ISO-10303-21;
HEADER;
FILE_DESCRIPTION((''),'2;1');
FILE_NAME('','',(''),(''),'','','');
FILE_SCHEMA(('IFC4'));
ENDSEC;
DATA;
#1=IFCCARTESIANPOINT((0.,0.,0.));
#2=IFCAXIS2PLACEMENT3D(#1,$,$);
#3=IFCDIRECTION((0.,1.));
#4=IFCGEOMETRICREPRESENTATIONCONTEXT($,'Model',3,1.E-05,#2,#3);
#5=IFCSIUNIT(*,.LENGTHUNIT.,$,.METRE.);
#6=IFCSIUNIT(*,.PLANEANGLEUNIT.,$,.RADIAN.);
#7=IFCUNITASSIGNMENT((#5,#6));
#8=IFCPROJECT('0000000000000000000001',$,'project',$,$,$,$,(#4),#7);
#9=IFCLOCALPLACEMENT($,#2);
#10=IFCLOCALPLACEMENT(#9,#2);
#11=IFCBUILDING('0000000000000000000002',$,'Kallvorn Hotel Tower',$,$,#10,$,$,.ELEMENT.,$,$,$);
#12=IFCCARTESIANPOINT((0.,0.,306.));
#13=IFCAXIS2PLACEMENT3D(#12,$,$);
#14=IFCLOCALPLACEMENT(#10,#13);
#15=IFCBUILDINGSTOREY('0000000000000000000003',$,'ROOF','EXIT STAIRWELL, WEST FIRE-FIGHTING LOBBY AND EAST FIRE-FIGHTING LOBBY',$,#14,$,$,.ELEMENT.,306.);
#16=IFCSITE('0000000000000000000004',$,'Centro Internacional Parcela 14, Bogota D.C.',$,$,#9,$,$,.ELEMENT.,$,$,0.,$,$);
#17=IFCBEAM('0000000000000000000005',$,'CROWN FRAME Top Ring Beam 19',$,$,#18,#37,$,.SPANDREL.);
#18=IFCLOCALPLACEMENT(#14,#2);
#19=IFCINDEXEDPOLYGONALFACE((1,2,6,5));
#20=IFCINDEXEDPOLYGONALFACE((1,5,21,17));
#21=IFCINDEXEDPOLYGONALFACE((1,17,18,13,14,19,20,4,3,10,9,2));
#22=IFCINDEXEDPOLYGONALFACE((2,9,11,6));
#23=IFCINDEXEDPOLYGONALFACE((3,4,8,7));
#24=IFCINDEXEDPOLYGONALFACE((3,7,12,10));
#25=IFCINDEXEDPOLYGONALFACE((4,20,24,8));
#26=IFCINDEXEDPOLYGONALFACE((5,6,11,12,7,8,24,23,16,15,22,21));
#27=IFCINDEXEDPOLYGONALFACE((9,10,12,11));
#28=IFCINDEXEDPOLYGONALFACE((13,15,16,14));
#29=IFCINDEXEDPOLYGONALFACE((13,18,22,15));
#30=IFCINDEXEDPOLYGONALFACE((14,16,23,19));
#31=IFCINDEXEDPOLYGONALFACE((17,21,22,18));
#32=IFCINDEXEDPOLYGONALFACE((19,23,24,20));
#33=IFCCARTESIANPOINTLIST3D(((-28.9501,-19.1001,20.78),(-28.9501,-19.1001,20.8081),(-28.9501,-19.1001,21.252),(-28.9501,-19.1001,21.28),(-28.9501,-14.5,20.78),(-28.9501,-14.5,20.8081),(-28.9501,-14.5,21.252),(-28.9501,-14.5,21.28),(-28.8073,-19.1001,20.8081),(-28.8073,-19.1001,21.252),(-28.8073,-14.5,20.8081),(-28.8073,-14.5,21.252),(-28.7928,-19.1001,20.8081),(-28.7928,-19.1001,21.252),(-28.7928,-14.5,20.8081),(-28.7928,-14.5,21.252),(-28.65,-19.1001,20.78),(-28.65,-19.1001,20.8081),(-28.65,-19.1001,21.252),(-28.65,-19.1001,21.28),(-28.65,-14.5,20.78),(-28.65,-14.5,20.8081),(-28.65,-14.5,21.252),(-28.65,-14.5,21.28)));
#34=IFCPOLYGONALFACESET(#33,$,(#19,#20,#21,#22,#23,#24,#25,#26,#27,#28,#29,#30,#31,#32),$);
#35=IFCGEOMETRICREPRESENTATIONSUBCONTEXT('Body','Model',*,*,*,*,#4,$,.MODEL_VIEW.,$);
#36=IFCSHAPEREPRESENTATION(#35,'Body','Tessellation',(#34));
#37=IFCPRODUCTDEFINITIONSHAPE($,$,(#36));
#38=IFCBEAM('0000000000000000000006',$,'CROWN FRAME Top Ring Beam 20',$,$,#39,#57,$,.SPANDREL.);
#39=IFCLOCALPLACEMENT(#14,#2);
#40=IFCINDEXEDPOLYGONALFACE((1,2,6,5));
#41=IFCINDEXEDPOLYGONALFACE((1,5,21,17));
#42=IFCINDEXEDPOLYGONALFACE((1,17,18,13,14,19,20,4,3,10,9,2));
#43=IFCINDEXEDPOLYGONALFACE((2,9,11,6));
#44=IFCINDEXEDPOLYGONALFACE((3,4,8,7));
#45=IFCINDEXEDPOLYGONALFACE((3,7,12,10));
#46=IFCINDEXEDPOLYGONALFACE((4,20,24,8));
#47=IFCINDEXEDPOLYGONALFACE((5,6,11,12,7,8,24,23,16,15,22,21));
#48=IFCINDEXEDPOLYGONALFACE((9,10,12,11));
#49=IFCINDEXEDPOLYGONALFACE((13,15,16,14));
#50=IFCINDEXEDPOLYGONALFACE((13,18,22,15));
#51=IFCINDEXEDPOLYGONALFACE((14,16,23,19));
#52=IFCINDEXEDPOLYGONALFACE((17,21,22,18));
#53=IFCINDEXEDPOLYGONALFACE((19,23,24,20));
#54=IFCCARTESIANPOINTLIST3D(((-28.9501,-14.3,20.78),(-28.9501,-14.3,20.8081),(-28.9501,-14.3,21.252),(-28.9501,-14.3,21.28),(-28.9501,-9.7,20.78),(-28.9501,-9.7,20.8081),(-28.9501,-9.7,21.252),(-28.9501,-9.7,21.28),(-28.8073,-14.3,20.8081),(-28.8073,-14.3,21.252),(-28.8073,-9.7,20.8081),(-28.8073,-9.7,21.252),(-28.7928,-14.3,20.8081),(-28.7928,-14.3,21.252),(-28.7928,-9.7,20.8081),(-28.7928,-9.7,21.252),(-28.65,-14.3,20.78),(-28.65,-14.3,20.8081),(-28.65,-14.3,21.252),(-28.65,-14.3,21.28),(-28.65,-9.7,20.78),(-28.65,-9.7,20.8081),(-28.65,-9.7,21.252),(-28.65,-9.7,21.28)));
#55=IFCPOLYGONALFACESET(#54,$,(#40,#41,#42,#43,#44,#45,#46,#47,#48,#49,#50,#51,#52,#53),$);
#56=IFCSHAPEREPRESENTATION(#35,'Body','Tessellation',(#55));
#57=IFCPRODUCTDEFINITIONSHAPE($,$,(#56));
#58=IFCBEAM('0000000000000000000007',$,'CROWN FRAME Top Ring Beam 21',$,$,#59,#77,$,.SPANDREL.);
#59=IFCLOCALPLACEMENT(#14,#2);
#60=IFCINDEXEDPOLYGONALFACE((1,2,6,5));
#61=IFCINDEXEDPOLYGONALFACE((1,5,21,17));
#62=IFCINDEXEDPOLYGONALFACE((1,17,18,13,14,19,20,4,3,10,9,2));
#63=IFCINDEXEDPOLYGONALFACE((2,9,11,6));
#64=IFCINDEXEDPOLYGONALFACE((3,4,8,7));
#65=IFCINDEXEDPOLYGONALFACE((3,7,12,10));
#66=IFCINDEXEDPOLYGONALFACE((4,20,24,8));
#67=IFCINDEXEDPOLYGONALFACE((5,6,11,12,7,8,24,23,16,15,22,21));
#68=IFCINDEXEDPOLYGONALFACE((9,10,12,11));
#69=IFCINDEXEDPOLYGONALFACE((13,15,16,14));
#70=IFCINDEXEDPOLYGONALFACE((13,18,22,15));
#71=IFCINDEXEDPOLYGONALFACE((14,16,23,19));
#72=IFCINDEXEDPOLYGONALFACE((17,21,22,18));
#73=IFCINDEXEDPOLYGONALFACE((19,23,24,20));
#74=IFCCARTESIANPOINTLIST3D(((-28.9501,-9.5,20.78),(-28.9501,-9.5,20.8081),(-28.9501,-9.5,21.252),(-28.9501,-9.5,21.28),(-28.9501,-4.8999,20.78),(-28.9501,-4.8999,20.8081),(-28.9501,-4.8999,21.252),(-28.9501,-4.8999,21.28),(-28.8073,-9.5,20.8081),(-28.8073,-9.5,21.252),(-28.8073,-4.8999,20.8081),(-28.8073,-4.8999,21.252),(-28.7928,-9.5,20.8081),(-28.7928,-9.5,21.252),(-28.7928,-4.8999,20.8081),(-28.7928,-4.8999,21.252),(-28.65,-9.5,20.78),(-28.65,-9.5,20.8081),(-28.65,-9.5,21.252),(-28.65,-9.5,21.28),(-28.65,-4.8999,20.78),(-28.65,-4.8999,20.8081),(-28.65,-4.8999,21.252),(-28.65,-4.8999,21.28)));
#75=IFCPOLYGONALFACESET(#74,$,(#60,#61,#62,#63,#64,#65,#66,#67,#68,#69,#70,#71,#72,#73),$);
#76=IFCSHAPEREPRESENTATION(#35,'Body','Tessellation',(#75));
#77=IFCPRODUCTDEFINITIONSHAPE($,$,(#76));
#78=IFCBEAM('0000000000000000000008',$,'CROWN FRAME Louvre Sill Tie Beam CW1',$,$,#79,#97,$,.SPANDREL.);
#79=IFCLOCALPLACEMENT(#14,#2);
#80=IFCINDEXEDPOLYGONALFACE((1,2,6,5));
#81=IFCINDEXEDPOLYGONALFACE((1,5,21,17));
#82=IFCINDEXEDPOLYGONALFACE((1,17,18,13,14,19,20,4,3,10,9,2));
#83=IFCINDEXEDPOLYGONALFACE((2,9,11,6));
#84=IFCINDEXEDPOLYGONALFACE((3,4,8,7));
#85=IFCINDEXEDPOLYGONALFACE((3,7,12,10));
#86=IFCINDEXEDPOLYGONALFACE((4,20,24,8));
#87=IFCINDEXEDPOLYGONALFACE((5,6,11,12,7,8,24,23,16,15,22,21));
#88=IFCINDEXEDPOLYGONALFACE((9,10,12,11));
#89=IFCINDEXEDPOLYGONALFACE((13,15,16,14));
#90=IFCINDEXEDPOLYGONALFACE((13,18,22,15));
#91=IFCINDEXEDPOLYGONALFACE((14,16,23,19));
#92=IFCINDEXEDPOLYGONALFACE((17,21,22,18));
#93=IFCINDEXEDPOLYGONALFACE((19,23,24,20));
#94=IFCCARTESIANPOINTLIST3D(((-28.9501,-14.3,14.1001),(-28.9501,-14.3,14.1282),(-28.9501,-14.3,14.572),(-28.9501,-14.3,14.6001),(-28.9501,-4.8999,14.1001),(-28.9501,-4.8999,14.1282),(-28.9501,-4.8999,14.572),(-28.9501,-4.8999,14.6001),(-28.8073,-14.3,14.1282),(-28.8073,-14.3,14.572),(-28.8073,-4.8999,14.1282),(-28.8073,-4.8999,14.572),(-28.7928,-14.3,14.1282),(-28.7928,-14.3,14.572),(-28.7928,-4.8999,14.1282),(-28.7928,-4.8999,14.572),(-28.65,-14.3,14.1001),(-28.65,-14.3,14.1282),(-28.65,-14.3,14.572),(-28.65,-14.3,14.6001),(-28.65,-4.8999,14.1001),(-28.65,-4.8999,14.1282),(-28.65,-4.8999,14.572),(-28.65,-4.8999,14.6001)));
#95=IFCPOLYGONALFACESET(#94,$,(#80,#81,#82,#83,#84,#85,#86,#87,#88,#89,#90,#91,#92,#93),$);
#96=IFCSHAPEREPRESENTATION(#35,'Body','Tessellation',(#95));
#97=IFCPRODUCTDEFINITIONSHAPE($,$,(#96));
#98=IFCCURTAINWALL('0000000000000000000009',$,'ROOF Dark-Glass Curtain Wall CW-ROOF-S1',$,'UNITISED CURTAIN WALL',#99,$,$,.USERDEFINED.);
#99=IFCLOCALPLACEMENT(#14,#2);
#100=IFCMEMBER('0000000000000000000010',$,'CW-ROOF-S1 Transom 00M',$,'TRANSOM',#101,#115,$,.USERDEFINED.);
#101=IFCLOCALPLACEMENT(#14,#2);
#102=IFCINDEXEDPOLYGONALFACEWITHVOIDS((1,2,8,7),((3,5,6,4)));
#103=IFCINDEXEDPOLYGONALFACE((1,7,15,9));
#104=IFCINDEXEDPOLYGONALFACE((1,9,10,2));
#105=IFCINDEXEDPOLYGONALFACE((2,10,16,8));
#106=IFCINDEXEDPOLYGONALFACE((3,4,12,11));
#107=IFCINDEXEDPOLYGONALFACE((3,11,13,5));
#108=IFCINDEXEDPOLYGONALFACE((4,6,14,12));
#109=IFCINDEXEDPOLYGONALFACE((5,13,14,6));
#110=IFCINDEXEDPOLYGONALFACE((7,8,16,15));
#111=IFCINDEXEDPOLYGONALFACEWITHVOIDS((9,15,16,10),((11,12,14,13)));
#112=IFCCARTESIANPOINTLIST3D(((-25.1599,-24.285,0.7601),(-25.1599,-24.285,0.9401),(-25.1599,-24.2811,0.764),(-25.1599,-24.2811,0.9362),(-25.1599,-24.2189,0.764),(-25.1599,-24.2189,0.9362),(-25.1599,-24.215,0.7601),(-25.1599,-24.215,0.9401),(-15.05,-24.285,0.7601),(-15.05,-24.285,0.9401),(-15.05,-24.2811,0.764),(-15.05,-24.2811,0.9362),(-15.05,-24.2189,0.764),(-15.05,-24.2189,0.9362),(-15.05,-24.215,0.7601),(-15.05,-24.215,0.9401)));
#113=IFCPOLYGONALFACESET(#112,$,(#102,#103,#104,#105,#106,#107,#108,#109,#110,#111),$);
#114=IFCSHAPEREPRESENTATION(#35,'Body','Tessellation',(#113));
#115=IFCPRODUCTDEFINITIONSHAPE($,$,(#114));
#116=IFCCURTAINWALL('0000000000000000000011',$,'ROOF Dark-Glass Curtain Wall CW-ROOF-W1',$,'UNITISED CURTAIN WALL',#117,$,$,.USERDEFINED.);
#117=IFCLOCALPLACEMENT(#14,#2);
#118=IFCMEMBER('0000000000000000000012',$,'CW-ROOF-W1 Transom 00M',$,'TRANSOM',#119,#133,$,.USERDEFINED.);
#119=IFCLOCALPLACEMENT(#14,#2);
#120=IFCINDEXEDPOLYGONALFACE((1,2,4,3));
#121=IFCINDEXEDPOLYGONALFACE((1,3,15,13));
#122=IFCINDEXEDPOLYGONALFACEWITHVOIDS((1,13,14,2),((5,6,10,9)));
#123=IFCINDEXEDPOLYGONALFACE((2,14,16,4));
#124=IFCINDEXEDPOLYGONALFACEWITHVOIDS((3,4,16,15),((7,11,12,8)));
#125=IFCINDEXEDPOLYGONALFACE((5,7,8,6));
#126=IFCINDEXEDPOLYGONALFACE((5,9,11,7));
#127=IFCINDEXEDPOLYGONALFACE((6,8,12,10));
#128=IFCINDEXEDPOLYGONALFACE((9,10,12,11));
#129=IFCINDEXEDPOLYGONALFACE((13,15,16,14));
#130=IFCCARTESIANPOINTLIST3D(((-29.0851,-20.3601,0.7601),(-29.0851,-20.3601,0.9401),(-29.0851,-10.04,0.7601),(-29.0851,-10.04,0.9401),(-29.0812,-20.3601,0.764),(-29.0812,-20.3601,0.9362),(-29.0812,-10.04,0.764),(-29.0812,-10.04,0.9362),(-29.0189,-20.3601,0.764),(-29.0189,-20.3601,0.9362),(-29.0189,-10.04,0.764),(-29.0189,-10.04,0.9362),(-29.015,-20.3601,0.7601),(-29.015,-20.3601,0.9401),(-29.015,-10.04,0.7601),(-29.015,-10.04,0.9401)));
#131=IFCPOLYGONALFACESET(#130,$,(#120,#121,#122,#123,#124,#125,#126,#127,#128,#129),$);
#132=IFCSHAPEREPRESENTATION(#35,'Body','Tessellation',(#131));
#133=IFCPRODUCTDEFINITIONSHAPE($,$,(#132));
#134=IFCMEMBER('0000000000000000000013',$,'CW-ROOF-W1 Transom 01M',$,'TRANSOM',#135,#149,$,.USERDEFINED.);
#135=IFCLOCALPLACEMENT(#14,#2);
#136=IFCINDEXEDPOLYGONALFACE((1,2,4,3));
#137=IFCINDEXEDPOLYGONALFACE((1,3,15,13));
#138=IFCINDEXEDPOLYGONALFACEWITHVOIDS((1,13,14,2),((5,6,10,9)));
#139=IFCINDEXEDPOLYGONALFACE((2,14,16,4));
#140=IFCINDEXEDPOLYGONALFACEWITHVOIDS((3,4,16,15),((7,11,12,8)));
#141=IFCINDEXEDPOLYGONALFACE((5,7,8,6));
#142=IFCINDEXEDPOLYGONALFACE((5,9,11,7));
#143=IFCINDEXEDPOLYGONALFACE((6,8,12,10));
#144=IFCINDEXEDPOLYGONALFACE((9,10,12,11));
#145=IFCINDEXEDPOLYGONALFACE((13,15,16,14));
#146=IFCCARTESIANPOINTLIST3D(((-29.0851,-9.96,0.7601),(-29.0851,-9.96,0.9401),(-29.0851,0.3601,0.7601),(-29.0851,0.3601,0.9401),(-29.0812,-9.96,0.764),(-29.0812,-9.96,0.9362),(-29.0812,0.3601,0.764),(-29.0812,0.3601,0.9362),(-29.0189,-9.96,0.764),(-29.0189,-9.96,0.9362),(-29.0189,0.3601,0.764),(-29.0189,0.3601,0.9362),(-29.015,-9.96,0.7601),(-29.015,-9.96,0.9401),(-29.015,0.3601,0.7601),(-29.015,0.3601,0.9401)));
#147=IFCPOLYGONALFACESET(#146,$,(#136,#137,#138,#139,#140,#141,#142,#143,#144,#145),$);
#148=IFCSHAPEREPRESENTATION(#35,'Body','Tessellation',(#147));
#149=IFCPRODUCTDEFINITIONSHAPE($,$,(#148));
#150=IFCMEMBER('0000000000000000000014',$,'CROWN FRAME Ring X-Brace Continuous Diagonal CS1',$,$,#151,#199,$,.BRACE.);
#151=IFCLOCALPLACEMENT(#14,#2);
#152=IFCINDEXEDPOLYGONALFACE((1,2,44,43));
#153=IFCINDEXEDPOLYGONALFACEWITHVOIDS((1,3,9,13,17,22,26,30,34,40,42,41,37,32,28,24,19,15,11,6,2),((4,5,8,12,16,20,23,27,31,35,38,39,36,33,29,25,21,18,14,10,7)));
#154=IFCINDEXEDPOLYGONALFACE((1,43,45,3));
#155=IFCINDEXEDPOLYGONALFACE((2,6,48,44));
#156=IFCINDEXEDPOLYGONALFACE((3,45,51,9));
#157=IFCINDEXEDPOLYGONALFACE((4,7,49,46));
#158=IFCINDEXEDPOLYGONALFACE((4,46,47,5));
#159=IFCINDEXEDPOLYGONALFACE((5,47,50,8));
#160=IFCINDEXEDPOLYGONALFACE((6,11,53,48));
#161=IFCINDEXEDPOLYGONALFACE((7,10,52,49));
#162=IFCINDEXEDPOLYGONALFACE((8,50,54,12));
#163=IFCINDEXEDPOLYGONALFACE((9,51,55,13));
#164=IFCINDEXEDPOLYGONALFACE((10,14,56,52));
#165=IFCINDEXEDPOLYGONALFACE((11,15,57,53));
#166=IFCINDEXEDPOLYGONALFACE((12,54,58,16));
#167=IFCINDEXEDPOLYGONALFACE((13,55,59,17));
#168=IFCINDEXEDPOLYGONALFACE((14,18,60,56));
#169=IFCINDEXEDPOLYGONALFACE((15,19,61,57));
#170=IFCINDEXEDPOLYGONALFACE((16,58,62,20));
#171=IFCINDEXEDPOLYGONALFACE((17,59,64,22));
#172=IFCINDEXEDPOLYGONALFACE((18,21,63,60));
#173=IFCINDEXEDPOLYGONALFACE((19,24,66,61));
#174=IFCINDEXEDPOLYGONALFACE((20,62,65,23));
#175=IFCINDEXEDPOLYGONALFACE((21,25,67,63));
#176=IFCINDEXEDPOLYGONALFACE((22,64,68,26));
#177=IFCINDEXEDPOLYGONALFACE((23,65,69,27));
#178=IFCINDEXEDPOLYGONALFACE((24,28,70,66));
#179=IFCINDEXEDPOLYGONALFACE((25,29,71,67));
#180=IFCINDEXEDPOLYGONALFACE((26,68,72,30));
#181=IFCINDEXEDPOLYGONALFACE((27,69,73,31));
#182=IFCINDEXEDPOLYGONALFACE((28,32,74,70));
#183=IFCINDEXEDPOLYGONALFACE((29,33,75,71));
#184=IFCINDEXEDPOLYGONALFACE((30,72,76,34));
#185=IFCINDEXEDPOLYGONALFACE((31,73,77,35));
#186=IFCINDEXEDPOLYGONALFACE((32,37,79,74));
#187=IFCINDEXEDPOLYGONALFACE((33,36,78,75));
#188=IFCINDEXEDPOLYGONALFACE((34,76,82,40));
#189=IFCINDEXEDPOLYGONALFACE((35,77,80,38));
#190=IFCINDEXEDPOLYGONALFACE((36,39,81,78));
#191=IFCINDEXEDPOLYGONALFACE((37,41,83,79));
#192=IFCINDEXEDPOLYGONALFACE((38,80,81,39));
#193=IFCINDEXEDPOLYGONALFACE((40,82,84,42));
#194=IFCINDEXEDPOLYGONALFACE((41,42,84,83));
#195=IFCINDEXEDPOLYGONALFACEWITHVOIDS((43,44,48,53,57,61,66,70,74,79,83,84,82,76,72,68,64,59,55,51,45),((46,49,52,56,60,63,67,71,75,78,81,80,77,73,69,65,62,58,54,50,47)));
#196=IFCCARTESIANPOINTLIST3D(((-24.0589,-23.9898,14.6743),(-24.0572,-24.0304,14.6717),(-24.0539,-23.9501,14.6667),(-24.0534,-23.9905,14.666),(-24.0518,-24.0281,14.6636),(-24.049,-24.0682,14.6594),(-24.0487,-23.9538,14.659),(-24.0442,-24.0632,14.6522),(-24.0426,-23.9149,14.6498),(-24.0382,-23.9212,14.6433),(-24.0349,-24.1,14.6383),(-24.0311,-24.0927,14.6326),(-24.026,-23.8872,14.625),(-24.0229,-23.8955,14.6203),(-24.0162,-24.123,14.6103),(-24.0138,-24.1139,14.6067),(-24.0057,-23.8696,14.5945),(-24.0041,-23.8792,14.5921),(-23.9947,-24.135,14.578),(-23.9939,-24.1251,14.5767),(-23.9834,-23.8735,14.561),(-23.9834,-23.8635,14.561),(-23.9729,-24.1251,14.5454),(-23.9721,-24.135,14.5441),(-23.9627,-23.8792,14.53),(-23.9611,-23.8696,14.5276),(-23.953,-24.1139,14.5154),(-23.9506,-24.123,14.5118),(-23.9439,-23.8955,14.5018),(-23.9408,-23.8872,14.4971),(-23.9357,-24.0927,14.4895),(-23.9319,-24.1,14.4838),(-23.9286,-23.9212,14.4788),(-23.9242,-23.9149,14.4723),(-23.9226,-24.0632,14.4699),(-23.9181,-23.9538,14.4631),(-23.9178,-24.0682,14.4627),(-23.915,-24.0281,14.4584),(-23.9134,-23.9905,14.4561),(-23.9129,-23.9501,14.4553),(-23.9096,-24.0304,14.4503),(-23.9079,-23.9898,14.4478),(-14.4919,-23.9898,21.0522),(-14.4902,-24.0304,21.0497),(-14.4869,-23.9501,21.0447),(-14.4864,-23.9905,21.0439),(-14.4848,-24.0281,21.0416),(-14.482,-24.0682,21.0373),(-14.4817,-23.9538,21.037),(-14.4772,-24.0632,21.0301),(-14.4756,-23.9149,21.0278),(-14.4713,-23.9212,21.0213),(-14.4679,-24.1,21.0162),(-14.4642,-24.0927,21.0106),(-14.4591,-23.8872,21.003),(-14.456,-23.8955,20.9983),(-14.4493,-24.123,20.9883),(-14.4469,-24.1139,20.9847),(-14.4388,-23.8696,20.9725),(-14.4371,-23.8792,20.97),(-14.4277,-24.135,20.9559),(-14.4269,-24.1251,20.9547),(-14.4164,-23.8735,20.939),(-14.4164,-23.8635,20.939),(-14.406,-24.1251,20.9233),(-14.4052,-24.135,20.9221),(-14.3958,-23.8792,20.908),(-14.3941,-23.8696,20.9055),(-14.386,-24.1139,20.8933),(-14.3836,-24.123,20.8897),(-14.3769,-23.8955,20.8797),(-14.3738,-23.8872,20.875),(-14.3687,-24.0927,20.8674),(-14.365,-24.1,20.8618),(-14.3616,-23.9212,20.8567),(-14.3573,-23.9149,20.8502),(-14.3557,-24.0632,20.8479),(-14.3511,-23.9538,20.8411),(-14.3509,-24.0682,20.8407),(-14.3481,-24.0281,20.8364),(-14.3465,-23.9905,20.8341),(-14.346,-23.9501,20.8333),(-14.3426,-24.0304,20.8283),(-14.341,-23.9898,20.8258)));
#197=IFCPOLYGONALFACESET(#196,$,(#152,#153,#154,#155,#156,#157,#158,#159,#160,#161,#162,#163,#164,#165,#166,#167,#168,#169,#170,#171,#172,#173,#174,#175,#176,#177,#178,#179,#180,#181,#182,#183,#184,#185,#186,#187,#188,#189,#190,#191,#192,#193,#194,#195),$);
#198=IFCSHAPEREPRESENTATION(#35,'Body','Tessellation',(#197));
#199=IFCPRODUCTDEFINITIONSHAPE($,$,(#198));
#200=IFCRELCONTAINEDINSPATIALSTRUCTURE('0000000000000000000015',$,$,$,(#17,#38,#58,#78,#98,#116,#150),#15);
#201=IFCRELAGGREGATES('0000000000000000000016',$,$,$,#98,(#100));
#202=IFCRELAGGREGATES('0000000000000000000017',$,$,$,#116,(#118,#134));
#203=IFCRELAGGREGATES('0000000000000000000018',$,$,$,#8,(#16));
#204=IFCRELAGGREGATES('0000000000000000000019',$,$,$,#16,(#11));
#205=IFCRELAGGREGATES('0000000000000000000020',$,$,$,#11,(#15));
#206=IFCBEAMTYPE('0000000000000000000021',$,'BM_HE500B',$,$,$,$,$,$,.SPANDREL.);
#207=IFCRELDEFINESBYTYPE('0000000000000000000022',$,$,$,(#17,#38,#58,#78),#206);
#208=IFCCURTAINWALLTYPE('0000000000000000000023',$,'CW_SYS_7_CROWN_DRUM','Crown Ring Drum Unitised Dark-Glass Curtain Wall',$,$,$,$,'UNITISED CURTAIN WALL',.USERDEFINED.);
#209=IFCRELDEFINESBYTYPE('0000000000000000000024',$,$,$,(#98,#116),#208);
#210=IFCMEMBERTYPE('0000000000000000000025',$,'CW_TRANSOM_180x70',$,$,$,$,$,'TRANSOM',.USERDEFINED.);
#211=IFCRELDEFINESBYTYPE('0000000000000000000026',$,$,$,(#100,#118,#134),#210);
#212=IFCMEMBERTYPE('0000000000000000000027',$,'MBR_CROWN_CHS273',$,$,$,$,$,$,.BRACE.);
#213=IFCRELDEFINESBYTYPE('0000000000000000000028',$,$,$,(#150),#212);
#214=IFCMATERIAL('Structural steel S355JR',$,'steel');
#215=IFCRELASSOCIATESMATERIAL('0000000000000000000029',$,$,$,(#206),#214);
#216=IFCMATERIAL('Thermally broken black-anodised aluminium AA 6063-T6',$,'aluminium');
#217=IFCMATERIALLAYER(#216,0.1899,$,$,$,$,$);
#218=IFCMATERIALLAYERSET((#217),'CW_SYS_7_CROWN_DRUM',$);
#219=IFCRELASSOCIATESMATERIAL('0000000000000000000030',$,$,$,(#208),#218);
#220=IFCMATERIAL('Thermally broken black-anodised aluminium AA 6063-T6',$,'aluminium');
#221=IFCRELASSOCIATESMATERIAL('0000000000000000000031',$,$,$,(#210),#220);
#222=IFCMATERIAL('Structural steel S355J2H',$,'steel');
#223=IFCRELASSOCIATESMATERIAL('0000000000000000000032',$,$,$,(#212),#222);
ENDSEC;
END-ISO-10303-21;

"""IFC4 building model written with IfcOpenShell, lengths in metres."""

from ifc_helpers import new_model, si_unit, direction, frame, origin, origin_2d, place, context, subcontext, project, spatial, hollow_rectangle, hollow_circle, i_section, extrude, material, layer, layer_set, material_profile, profile_set, type_object, element, aggregate, save


model = new_model("IFC4")

# Units and contexts
model_context = context("Model", 3, precision=1e-05, world=origin(), true_north=direction((0.0, 1.0)))
body_context = subcontext(model_context, "Body", "Model", "MODEL_VIEW")
ifc_project = project(units=[si_unit("LENGTHUNIT", "METRE"), si_unit("PLANEANGLEUNIT", "RADIAN")], contexts=[model_context])

# Site, building, storey
site_placement = place(None, origin())
site = spatial("IfcSite", under=ifc_project, at=site_placement, Name="Centro Internacional Parcela 14, Bogota D.C.", CompositionType="ELEMENT", RefElevation=0.0)
building_placement = place(site_placement, origin())
building = spatial("IfcBuilding", under=site, at=building_placement, Name="Kallvorn Hotel Tower", CompositionType="ELEMENT")
storey_placement = place(building_placement, frame((0.0, 0.0, 306.0)))
storey = spatial("IfcBuildingStorey", under=building, at=storey_placement, Name="ROOF", Description="EXIT STAIRWELL, WEST FIRE-FIGHTING LOBBY AND EAST FIRE-FIGHTING LOBBY", CompositionType="ELEMENT", Elevation=306.0)

# Beams
ifc_material_1 = material(Name="Structural steel S355JR", Category="steel")
ifc_material_profile_1 = material_profile(ifc_material_1, i_section(OverallWidth=0.3, OverallDepth=0.5, WebThickness=0.0144, FlangeThickness=0.0281, at=origin_2d()), Name="HE 500 B")
ifc_profile_set_1 = profile_set([ifc_material_profile_1], Name="Structural steel S355JR")
beam_type = type_object("IfcBeamType", Name="BM_HE500B", PredefinedType="SPANDREL", material=ifc_profile_set_1)
for number, where, z_axis, x_axis, name in (
    (1, (-28.8, -19.1001, 21.03), (0.0, 1.0, 0.0), (-1.0, 0.0, 0.0), "CROWN FRAME Top Ring Beam 19"),
    (2, (-28.8, -14.3, 21.03), (0.0, 1.0, 0.0), (-1.0, 0.0, 0.0), "CROWN FRAME Top Ring Beam 20"),
    (3, (-28.8, -9.5, 21.03), (0.0, 1.0, 0.0), (-1.0, 0.0, 0.0), "CROWN FRAME Top Ring Beam 21"),
):
    element("IfcBeam", number, at=place(storey_placement, frame(where, z_axis=z_axis, x_axis=x_axis)), inside=storey, type_object=beam_type, Name=name, PredefinedType="SPANDREL", context=body_context, shape_type="SweptSolid", body=[
        extrude(i_section(OverallWidth=0.3, OverallDepth=0.5, WebThickness=0.0144, FlangeThickness=0.0281, at=origin_2d()), origin(), (0.0, 0.0, 1.0), 4.6001),
    ])
beam_placement = place(storey_placement, frame((-28.8, -14.3, 14.3501), z_axis=(0.0, 1.0, 0.0), x_axis=(-1.0, 0.0, 0.0)))
element("IfcBeam", 4, at=beam_placement, inside=storey, type_object=beam_type, Name="CROWN FRAME Louvre Sill Tie Beam CW1", PredefinedType="SPANDREL", context=body_context, shape_type="SweptSolid", body=[
    extrude(i_section(OverallWidth=0.3, OverallDepth=0.5, WebThickness=0.0144, FlangeThickness=0.0281, at=origin_2d()), origin(), (0.0, 0.0, 1.0), 9.4001),
])

# Curtain wall, member
ifc_material_2 = material(Name="Thermally broken black-anodised aluminium AA 6063-T6", Category="aluminium")
ifc_layer_1 = layer(ifc_material_2, 0.1899)
ifc_layer_set_1 = layer_set([ifc_layer_1], Name="CW_SYS_7_CROWN_DRUM")
curtain_wall_type = type_object("IfcCurtainWallType", Name="CW_SYS_7_CROWN_DRUM", Description="Crown Ring Drum Unitised Dark-Glass Curtain Wall", ElementType="UNITISED CURTAIN WALL", PredefinedType="USERDEFINED", material=ifc_layer_set_1)
curtain_wall_1_placement = place(storey_placement, origin())
curtain_wall_1 = element("IfcCurtainWall", 5, at=curtain_wall_1_placement, inside=storey, type_object=curtain_wall_type, Name="ROOF Dark-Glass Curtain Wall CW-ROOF-S1", ObjectType="UNITISED CURTAIN WALL", PredefinedType="USERDEFINED")
ifc_material_3 = material(Name="Thermally broken black-anodised aluminium AA 6063-T6", Category="aluminium")
ifc_material_profile_2 = material_profile(ifc_material_3, hollow_rectangle(XDim=0.0701, YDim=0.1799, WallThickness=0.0039, at=origin_2d()), Name="TRN 180x70")
ifc_profile_set_2 = profile_set([ifc_material_profile_2], Name="Thermally broken black-anodised aluminium AA 6063-T6")
member_type_1 = type_object("IfcMemberType", Name="CW_TRANSOM_180x70", ElementType="TRANSOM", PredefinedType="USERDEFINED", material=ifc_profile_set_2)
member_1_placement = place(storey_placement, frame((-25.1599, -24.25, 0.8501), z_axis=(1.0, 0.0, 0.0), x_axis=(0.0, 1.0, 0.0)))
member_1 = element("IfcMember", 6, at=member_1_placement, type_object=member_type_1, Name="CW-ROOF-S1 Transom 00M", ObjectType="TRANSOM", PredefinedType="USERDEFINED", context=body_context, shape_type="SweptSolid", body=[
    extrude(hollow_rectangle(XDim=0.0701, YDim=0.1799, WallThickness=0.0039, at=origin_2d()), origin(), (0.0, 0.0, 1.0), 10.1099),
])
aggregate(curtain_wall_1, [member_1])

# Curtain wall, members
curtain_wall_2_placement = place(storey_placement, origin())
curtain_wall_2 = element("IfcCurtainWall", 7, at=curtain_wall_2_placement, inside=storey, type_object=curtain_wall_type, Name="ROOF Dark-Glass Curtain Wall CW-ROOF-W1", ObjectType="UNITISED CURTAIN WALL", PredefinedType="USERDEFINED")
member_2_placement = place(storey_placement, frame((-29.05, -20.3601, 0.8501), z_axis=(0.0, 1.0, 0.0), x_axis=(-1.0, 0.0, 0.0)))
member_2 = element("IfcMember", 8, at=member_2_placement, type_object=member_type_1, Name="CW-ROOF-W1 Transom 00M", ObjectType="TRANSOM", PredefinedType="USERDEFINED", context=body_context, shape_type="SweptSolid", body=[
    extrude(hollow_rectangle(XDim=0.0701, YDim=0.1799, WallThickness=0.0039, at=origin_2d()), origin(), (0.0, 0.0, 1.0), 10.3201),
])
member_3_placement = place(storey_placement, frame((-29.05, -9.96, 0.8501), z_axis=(0.0, 1.0, 0.0), x_axis=(-1.0, 0.0, 0.0)))
member_3 = element("IfcMember", 9, at=member_3_placement, type_object=member_type_1, Name="CW-ROOF-W1 Transom 01M", ObjectType="TRANSOM", PredefinedType="USERDEFINED", context=body_context, shape_type="SweptSolid", body=[
    extrude(hollow_rectangle(XDim=0.0701, YDim=0.1799, WallThickness=0.0039, at=origin_2d()), origin(), (0.0, 0.0, 1.0), 10.3201),
])

# Member
ifc_material_4 = material(Name="Structural steel S355J2H", Category="steel")
ifc_material_profile_3 = material_profile(ifc_material_4, hollow_circle(Radius=0.1365, WallThickness=0.01, at=origin_2d()), Name="CHS 273x10")
ifc_profile_set_3 = profile_set([ifc_material_profile_3], Name="Structural steel S355J2H")
member_type_2 = type_object("IfcMemberType", Name="MBR_CROWN_CHS273", PredefinedType="BRACE", material=ifc_profile_set_3)
member_4_placement = place(storey_placement, frame((-23.9834, -24.0, 14.561), z_axis=(0.83205, 0.0, 0.5547), x_axis=(0.0, 1.0, 0.0)))
element("IfcMember", 10, at=member_4_placement, inside=storey, type_object=member_type_2, Name="CROWN FRAME Ring X-Brace Continuous Diagonal CS1", PredefinedType="BRACE", context=body_context, shape_type="SweptSolid", body=[
    extrude(hollow_circle(Radius=0.1365, WallThickness=0.01, at=origin_2d()), origin(), (0.0, 0.0, 1.0), 11.498),
])

aggregate(curtain_wall_2, [member_2, member_3])

save(model, "model.ifc")
